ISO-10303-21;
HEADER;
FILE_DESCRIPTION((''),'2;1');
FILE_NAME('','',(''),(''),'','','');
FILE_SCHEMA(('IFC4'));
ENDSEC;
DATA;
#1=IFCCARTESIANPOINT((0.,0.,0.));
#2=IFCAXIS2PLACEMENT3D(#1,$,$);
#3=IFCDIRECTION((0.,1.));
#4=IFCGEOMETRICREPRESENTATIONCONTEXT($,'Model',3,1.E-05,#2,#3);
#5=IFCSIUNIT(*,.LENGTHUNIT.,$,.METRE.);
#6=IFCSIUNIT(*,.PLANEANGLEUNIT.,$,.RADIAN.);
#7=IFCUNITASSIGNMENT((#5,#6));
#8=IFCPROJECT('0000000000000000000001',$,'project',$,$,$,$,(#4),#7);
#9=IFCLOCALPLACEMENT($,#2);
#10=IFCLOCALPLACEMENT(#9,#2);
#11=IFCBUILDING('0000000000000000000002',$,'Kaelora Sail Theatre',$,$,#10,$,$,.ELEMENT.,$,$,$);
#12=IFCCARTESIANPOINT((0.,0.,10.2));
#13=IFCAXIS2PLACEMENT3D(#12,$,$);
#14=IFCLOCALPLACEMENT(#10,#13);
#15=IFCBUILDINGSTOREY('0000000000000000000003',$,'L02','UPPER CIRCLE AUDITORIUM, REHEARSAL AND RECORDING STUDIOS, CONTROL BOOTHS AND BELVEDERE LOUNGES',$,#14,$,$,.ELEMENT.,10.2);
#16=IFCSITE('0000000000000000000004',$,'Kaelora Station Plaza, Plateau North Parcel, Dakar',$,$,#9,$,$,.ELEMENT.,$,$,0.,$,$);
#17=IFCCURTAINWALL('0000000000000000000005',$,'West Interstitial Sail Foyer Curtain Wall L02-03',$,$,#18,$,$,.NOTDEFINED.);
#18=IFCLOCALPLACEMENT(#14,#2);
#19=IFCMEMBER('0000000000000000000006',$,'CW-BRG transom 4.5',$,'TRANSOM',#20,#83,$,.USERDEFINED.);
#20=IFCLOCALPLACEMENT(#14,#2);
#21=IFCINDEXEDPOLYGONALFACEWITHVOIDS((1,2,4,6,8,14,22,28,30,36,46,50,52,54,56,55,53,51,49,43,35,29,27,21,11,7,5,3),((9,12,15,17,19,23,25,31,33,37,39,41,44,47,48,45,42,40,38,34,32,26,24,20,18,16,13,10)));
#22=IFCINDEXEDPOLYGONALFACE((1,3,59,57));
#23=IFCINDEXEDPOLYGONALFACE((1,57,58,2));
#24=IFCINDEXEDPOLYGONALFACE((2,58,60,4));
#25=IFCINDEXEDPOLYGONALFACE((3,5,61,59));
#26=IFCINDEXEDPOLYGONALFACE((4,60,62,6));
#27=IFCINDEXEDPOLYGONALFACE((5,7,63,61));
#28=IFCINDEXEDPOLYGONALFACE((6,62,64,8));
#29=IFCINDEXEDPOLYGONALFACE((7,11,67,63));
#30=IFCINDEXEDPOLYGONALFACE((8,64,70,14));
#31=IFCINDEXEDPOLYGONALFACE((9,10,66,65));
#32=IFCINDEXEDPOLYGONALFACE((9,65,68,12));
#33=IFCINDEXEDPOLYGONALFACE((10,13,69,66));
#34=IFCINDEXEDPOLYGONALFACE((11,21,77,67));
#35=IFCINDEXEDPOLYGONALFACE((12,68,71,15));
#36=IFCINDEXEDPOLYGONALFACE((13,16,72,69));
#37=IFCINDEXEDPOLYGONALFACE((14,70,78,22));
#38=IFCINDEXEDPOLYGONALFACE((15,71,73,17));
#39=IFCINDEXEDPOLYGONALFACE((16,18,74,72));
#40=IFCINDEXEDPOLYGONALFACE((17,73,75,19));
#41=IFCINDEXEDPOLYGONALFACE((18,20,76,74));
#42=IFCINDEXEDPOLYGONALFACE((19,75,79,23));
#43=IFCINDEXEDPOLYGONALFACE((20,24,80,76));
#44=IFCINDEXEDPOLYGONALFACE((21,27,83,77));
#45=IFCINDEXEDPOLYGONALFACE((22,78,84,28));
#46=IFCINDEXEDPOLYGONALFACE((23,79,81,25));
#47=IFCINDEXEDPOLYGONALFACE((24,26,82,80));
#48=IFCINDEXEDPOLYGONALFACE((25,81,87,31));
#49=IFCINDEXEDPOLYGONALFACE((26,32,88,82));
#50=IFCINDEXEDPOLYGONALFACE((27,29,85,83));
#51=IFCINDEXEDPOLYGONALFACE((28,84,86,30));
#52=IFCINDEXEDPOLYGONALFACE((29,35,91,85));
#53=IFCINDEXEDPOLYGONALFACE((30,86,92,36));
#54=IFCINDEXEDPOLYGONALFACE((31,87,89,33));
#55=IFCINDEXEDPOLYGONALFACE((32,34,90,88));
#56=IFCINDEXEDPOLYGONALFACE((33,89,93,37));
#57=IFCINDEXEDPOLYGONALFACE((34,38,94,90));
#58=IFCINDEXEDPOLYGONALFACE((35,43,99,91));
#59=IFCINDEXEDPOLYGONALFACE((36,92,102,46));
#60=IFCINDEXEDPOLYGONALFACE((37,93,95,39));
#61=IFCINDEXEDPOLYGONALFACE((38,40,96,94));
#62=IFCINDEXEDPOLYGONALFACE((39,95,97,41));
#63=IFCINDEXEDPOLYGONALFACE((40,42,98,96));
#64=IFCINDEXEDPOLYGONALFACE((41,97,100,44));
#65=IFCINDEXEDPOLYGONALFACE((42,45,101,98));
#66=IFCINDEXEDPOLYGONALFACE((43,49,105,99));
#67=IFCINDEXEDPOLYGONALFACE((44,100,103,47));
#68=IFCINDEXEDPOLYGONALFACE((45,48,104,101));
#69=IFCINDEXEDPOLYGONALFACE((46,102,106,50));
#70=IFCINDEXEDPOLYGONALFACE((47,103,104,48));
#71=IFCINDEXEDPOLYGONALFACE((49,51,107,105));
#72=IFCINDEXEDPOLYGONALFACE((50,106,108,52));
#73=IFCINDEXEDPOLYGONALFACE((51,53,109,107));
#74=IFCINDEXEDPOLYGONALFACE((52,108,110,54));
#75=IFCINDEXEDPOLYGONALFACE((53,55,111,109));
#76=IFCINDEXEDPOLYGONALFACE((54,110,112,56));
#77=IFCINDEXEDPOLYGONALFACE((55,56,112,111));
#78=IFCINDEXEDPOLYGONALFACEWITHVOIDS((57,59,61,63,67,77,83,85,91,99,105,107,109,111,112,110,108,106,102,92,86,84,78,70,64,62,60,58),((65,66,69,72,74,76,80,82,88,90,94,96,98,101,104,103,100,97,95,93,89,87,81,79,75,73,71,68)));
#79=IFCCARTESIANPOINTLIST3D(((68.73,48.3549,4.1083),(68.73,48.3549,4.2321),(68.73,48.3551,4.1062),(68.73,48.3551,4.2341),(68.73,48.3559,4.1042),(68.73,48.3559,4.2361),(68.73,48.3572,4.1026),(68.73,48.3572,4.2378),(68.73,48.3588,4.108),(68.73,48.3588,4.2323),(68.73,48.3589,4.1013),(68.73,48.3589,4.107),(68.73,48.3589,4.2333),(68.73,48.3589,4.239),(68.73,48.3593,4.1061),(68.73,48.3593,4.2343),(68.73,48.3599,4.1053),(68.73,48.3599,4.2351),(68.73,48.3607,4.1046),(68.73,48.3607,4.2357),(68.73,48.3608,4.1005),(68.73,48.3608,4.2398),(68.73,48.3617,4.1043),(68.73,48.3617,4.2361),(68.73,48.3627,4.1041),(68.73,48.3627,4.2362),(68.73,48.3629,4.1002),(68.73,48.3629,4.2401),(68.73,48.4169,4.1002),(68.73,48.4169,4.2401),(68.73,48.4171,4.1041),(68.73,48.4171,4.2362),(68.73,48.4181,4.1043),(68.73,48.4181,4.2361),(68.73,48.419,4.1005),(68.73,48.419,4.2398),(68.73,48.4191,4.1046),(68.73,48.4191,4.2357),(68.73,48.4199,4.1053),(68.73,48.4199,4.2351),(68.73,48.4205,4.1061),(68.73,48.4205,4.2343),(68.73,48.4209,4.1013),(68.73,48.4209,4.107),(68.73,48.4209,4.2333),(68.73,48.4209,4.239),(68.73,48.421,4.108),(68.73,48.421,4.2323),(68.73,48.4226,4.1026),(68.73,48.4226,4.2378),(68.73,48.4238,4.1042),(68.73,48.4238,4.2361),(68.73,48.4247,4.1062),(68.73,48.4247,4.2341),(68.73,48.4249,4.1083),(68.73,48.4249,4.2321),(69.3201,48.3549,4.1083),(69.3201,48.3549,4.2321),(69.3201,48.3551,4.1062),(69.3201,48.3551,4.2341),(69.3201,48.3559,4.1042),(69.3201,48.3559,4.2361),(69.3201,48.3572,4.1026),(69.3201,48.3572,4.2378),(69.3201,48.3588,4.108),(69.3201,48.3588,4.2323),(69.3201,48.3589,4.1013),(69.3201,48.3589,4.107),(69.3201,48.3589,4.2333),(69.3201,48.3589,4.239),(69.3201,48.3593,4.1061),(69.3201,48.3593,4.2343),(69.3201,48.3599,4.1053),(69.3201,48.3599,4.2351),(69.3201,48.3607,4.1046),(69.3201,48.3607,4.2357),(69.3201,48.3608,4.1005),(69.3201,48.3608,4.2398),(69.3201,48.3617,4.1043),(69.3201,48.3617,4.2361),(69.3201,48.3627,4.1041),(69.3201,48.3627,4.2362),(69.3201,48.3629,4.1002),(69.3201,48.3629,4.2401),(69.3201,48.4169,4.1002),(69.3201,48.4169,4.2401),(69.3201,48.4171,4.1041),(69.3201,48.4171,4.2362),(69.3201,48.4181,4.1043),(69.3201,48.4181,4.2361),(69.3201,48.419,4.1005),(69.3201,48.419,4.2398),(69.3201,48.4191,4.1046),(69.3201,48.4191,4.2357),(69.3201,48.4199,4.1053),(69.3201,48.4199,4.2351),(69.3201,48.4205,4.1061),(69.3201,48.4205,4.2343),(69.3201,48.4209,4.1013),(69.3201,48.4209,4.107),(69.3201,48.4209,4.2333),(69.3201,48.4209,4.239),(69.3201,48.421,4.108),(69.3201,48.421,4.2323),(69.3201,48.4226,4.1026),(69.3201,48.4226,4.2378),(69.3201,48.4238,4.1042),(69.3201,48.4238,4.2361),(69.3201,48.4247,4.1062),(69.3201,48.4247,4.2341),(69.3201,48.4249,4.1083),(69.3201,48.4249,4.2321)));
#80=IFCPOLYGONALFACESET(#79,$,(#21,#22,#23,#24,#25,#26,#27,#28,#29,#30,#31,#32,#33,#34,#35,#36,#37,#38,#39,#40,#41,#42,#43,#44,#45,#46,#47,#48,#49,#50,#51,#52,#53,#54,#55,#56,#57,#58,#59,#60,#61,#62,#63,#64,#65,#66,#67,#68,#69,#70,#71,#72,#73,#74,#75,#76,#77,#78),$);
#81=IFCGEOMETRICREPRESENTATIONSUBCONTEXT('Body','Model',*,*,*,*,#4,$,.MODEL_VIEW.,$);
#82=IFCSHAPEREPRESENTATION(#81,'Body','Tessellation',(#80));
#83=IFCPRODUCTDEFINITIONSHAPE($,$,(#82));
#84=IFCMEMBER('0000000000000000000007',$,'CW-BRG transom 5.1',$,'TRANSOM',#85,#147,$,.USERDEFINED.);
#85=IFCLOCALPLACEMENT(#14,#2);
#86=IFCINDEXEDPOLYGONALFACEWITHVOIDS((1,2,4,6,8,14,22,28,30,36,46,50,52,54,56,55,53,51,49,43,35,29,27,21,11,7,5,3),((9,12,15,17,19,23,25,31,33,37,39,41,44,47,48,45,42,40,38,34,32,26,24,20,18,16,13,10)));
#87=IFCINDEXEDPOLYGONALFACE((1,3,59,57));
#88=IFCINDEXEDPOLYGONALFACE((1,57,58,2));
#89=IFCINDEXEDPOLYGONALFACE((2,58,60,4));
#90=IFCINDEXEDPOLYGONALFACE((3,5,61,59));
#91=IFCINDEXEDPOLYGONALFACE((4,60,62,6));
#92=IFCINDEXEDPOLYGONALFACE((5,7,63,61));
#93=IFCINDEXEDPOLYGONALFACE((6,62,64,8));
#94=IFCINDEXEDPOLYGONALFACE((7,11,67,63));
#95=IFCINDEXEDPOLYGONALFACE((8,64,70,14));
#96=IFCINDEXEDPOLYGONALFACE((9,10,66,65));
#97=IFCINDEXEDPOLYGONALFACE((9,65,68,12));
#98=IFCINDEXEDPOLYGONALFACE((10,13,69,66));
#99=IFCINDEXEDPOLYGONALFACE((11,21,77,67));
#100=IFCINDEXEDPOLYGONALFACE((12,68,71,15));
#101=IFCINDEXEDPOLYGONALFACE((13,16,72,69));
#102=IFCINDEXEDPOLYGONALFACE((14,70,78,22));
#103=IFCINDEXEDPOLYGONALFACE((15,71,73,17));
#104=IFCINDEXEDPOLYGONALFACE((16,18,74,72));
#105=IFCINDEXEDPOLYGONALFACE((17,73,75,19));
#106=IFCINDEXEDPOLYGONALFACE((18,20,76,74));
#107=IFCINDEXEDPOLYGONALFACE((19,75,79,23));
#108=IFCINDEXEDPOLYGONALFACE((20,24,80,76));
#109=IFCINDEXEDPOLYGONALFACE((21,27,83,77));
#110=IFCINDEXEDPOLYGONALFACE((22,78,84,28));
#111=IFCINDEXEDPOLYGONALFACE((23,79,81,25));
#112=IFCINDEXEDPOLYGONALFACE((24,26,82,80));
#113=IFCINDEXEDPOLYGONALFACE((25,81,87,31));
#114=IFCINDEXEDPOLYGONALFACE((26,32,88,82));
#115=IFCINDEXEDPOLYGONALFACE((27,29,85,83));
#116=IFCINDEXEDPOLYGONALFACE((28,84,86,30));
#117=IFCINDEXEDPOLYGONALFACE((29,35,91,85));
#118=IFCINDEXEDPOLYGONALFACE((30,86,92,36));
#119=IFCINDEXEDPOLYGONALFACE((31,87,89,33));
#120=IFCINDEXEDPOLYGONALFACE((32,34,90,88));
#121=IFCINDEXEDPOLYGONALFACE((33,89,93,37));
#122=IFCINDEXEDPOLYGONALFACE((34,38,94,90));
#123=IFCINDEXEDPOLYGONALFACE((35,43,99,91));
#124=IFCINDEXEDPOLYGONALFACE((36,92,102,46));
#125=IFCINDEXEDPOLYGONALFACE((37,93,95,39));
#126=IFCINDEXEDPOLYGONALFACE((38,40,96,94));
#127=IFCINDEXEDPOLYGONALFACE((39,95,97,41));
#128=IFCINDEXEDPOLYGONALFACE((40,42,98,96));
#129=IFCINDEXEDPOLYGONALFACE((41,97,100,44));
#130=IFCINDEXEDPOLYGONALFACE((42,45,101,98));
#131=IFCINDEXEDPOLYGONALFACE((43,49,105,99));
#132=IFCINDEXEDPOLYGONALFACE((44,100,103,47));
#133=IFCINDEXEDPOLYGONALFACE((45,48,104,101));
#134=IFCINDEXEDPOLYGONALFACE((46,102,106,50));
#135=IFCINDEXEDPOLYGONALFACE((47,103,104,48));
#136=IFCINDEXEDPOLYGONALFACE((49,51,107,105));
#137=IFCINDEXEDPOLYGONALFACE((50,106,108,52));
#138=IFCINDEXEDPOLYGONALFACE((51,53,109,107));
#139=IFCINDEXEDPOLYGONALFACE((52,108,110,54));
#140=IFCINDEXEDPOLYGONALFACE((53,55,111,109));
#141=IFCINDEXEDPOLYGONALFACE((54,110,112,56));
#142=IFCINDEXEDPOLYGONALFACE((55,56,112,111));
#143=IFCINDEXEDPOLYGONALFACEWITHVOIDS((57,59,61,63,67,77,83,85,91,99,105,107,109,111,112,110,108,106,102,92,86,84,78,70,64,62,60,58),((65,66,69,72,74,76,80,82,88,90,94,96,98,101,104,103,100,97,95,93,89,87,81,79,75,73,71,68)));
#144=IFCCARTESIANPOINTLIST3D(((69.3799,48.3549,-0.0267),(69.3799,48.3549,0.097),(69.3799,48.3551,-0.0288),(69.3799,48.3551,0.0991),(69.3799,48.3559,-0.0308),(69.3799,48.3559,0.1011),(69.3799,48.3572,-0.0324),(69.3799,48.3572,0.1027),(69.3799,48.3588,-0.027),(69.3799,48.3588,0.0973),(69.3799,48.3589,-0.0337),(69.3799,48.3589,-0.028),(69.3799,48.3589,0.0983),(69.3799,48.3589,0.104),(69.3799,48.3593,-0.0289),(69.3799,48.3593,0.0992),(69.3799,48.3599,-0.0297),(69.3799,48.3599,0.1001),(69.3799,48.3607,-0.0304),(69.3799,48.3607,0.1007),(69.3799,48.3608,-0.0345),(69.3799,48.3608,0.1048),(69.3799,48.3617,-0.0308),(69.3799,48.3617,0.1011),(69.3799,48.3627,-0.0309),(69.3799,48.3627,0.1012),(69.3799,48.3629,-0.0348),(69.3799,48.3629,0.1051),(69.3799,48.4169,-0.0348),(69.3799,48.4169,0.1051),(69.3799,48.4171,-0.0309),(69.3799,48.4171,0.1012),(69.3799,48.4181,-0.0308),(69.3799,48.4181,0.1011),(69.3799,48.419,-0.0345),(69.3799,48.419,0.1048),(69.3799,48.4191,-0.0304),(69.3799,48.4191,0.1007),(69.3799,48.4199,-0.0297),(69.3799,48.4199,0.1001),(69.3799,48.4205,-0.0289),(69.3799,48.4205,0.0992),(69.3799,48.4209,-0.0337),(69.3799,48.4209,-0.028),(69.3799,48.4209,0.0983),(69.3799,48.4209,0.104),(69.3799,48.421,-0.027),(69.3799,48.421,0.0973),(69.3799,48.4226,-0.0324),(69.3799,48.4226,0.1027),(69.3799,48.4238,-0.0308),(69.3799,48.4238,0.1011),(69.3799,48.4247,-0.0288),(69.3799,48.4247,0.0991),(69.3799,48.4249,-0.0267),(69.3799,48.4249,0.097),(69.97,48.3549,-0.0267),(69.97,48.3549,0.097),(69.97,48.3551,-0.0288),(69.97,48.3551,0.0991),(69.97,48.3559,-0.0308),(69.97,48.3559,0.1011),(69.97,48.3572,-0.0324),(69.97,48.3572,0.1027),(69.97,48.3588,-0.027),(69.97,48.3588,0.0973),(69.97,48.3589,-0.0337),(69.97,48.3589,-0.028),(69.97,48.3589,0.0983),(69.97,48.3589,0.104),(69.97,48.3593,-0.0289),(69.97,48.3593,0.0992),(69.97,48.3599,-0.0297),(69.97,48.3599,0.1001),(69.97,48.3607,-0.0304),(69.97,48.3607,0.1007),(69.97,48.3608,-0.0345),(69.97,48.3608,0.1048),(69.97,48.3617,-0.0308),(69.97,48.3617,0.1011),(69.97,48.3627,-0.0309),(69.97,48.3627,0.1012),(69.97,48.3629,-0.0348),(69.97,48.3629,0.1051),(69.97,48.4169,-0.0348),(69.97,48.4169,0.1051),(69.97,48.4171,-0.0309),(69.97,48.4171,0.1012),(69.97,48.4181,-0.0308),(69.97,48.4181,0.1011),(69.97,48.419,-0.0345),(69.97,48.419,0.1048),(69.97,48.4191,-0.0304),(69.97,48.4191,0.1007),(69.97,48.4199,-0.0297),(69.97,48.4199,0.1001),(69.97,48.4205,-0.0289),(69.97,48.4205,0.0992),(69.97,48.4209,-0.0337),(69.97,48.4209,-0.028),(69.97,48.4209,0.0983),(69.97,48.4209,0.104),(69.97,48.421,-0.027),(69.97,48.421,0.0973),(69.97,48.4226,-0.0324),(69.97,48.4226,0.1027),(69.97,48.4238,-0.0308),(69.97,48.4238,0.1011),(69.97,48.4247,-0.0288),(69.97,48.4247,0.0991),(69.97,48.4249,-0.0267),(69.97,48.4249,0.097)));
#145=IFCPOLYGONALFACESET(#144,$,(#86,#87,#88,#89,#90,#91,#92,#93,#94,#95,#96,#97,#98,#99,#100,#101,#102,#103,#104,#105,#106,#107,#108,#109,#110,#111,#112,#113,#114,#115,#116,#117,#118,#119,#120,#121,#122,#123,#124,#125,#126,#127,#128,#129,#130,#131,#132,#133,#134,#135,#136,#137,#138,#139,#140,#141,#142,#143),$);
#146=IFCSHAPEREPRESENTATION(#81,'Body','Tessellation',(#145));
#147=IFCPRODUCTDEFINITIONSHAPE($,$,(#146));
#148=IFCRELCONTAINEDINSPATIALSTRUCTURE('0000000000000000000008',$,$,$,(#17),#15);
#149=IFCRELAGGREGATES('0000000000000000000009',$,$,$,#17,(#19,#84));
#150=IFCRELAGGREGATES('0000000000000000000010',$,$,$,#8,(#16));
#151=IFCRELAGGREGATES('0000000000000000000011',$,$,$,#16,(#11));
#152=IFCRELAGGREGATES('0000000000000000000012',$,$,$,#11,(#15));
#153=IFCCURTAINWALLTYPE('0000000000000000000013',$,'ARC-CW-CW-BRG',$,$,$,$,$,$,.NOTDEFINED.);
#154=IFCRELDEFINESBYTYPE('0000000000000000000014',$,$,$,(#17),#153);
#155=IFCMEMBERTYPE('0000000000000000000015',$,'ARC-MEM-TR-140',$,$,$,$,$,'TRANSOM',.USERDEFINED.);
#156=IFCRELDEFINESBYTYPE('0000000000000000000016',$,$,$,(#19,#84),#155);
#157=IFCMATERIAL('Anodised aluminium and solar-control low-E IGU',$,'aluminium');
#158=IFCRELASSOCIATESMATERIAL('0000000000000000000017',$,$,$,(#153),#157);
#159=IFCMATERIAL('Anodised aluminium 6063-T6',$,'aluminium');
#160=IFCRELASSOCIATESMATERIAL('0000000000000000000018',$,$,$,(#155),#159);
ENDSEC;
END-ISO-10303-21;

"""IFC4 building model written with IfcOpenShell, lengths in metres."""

from ifc_helpers import new_model, si_unit, direction, frame, origin, origin_2d, place, context, subcontext, project, spatial, hollow_rectangle, extrude, material, material_profile, profile_set, type_object, element, aggregate, save


model = new_model("IFC4")

# Units and contexts
model_context = context("Model", 3, precision=1e-05, world=origin(), true_north=direction((0.0, 1.0)))
body_context = subcontext(model_context, "Body", "Model", "MODEL_VIEW")
ifc_project = project(units=[si_unit("LENGTHUNIT", "METRE"), si_unit("PLANEANGLEUNIT", "RADIAN")], contexts=[model_context])

# Site, building, storey
site_placement = place(None, origin())
site = spatial("IfcSite", under=ifc_project, at=site_placement, Name="Kaelora Station Plaza, Plateau North Parcel, Dakar", CompositionType="ELEMENT", RefElevation=0.0)
building_placement = place(site_placement, origin())
building = spatial("IfcBuilding", under=site, at=building_placement, Name="Kaelora Sail Theatre", CompositionType="ELEMENT")
storey_placement = place(building_placement, frame((0.0, 0.0, 10.2)))
storey = spatial("IfcBuildingStorey", under=building, at=storey_placement, Name="L02", Description="UPPER CIRCLE AUDITORIUM, REHEARSAL AND RECORDING STUDIOS, CONTROL BOOTHS AND BELVEDERE LOUNGES", CompositionType="ELEMENT", Elevation=10.2)

# Curtain wall, members
ifc_material_1 = material(Name="Anodised aluminium and solar-control low-E IGU", Category="aluminium")
curtain_wall_type = type_object("IfcCurtainWallType", Name="ARC-CW-CW-BRG", PredefinedType="NOTDEFINED", material=ifc_material_1)
curtain_wall_placement = place(storey_placement, origin())
curtain_wall = element("IfcCurtainWall", 1, at=curtain_wall_placement, inside=storey, type_object=curtain_wall_type, Name="West Interstitial Sail Foyer Curtain Wall L02-03", PredefinedType="NOTDEFINED")
ifc_material_2 = material(Name="Anodised aluminium 6063-T6", Category="aluminium")
ifc_material_profile_1 = material_profile(ifc_material_2, hollow_rectangle(XDim=0.0701, YDim=0.1399, WallThickness=0.0039, InnerFilletRadius=0.0039, OuterFilletRadius=0.0081, at=origin_2d()), Name="ALU-TRAN 70x140x4")
ifc_profile_set_1 = profile_set([ifc_material_profile_1], Name="Anodised aluminium 6063-T6")
member_type_1 = type_object("IfcMemberType", Name="ARC-MEM-TR-140", ElementType="TRANSOM", PredefinedType="USERDEFINED", material=ifc_profile_set_1)
member_1_placement = place(storey_placement, frame((68.73, 48.3899, 4.1702), z_axis=(1.0, 0.0, 0.0), x_axis=(0.0, 1.0, 0.0)))
member_1 = element("IfcMember", 2, at=member_1_placement, type_object=member_type_1, Name="CW-BRG transom 4.5", ObjectType="TRANSOM", PredefinedType="USERDEFINED", context=body_context, shape_type="SweptSolid", body=[
    extrude(hollow_rectangle(XDim=0.0701, YDim=0.1399, WallThickness=0.0039, InnerFilletRadius=0.0039, OuterFilletRadius=0.0081, at=origin_2d()), origin(), (0.0, 0.0, 1.0), 0.5901),
])
member_2_placement = place(storey_placement, frame((69.3799, 48.3899, 0.0352), z_axis=(1.0, 0.0, 0.0), x_axis=(0.0, 1.0, 0.0)))
member_2 = element("IfcMember", 3, at=member_2_placement, type_object=member_type_1, Name="CW-BRG transom 5.1", ObjectType="TRANSOM", PredefinedType="USERDEFINED", context=body_context, shape_type="SweptSolid", body=[
    extrude(hollow_rectangle(XDim=0.0701, YDim=0.1399, WallThickness=0.0039, InnerFilletRadius=0.0039, OuterFilletRadius=0.0081, at=origin_2d()), origin(), (0.0, 0.0, 1.0), 0.5901),
])

aggregate(curtain_wall, [member_1, member_2])

save(model, "model.ifc")
